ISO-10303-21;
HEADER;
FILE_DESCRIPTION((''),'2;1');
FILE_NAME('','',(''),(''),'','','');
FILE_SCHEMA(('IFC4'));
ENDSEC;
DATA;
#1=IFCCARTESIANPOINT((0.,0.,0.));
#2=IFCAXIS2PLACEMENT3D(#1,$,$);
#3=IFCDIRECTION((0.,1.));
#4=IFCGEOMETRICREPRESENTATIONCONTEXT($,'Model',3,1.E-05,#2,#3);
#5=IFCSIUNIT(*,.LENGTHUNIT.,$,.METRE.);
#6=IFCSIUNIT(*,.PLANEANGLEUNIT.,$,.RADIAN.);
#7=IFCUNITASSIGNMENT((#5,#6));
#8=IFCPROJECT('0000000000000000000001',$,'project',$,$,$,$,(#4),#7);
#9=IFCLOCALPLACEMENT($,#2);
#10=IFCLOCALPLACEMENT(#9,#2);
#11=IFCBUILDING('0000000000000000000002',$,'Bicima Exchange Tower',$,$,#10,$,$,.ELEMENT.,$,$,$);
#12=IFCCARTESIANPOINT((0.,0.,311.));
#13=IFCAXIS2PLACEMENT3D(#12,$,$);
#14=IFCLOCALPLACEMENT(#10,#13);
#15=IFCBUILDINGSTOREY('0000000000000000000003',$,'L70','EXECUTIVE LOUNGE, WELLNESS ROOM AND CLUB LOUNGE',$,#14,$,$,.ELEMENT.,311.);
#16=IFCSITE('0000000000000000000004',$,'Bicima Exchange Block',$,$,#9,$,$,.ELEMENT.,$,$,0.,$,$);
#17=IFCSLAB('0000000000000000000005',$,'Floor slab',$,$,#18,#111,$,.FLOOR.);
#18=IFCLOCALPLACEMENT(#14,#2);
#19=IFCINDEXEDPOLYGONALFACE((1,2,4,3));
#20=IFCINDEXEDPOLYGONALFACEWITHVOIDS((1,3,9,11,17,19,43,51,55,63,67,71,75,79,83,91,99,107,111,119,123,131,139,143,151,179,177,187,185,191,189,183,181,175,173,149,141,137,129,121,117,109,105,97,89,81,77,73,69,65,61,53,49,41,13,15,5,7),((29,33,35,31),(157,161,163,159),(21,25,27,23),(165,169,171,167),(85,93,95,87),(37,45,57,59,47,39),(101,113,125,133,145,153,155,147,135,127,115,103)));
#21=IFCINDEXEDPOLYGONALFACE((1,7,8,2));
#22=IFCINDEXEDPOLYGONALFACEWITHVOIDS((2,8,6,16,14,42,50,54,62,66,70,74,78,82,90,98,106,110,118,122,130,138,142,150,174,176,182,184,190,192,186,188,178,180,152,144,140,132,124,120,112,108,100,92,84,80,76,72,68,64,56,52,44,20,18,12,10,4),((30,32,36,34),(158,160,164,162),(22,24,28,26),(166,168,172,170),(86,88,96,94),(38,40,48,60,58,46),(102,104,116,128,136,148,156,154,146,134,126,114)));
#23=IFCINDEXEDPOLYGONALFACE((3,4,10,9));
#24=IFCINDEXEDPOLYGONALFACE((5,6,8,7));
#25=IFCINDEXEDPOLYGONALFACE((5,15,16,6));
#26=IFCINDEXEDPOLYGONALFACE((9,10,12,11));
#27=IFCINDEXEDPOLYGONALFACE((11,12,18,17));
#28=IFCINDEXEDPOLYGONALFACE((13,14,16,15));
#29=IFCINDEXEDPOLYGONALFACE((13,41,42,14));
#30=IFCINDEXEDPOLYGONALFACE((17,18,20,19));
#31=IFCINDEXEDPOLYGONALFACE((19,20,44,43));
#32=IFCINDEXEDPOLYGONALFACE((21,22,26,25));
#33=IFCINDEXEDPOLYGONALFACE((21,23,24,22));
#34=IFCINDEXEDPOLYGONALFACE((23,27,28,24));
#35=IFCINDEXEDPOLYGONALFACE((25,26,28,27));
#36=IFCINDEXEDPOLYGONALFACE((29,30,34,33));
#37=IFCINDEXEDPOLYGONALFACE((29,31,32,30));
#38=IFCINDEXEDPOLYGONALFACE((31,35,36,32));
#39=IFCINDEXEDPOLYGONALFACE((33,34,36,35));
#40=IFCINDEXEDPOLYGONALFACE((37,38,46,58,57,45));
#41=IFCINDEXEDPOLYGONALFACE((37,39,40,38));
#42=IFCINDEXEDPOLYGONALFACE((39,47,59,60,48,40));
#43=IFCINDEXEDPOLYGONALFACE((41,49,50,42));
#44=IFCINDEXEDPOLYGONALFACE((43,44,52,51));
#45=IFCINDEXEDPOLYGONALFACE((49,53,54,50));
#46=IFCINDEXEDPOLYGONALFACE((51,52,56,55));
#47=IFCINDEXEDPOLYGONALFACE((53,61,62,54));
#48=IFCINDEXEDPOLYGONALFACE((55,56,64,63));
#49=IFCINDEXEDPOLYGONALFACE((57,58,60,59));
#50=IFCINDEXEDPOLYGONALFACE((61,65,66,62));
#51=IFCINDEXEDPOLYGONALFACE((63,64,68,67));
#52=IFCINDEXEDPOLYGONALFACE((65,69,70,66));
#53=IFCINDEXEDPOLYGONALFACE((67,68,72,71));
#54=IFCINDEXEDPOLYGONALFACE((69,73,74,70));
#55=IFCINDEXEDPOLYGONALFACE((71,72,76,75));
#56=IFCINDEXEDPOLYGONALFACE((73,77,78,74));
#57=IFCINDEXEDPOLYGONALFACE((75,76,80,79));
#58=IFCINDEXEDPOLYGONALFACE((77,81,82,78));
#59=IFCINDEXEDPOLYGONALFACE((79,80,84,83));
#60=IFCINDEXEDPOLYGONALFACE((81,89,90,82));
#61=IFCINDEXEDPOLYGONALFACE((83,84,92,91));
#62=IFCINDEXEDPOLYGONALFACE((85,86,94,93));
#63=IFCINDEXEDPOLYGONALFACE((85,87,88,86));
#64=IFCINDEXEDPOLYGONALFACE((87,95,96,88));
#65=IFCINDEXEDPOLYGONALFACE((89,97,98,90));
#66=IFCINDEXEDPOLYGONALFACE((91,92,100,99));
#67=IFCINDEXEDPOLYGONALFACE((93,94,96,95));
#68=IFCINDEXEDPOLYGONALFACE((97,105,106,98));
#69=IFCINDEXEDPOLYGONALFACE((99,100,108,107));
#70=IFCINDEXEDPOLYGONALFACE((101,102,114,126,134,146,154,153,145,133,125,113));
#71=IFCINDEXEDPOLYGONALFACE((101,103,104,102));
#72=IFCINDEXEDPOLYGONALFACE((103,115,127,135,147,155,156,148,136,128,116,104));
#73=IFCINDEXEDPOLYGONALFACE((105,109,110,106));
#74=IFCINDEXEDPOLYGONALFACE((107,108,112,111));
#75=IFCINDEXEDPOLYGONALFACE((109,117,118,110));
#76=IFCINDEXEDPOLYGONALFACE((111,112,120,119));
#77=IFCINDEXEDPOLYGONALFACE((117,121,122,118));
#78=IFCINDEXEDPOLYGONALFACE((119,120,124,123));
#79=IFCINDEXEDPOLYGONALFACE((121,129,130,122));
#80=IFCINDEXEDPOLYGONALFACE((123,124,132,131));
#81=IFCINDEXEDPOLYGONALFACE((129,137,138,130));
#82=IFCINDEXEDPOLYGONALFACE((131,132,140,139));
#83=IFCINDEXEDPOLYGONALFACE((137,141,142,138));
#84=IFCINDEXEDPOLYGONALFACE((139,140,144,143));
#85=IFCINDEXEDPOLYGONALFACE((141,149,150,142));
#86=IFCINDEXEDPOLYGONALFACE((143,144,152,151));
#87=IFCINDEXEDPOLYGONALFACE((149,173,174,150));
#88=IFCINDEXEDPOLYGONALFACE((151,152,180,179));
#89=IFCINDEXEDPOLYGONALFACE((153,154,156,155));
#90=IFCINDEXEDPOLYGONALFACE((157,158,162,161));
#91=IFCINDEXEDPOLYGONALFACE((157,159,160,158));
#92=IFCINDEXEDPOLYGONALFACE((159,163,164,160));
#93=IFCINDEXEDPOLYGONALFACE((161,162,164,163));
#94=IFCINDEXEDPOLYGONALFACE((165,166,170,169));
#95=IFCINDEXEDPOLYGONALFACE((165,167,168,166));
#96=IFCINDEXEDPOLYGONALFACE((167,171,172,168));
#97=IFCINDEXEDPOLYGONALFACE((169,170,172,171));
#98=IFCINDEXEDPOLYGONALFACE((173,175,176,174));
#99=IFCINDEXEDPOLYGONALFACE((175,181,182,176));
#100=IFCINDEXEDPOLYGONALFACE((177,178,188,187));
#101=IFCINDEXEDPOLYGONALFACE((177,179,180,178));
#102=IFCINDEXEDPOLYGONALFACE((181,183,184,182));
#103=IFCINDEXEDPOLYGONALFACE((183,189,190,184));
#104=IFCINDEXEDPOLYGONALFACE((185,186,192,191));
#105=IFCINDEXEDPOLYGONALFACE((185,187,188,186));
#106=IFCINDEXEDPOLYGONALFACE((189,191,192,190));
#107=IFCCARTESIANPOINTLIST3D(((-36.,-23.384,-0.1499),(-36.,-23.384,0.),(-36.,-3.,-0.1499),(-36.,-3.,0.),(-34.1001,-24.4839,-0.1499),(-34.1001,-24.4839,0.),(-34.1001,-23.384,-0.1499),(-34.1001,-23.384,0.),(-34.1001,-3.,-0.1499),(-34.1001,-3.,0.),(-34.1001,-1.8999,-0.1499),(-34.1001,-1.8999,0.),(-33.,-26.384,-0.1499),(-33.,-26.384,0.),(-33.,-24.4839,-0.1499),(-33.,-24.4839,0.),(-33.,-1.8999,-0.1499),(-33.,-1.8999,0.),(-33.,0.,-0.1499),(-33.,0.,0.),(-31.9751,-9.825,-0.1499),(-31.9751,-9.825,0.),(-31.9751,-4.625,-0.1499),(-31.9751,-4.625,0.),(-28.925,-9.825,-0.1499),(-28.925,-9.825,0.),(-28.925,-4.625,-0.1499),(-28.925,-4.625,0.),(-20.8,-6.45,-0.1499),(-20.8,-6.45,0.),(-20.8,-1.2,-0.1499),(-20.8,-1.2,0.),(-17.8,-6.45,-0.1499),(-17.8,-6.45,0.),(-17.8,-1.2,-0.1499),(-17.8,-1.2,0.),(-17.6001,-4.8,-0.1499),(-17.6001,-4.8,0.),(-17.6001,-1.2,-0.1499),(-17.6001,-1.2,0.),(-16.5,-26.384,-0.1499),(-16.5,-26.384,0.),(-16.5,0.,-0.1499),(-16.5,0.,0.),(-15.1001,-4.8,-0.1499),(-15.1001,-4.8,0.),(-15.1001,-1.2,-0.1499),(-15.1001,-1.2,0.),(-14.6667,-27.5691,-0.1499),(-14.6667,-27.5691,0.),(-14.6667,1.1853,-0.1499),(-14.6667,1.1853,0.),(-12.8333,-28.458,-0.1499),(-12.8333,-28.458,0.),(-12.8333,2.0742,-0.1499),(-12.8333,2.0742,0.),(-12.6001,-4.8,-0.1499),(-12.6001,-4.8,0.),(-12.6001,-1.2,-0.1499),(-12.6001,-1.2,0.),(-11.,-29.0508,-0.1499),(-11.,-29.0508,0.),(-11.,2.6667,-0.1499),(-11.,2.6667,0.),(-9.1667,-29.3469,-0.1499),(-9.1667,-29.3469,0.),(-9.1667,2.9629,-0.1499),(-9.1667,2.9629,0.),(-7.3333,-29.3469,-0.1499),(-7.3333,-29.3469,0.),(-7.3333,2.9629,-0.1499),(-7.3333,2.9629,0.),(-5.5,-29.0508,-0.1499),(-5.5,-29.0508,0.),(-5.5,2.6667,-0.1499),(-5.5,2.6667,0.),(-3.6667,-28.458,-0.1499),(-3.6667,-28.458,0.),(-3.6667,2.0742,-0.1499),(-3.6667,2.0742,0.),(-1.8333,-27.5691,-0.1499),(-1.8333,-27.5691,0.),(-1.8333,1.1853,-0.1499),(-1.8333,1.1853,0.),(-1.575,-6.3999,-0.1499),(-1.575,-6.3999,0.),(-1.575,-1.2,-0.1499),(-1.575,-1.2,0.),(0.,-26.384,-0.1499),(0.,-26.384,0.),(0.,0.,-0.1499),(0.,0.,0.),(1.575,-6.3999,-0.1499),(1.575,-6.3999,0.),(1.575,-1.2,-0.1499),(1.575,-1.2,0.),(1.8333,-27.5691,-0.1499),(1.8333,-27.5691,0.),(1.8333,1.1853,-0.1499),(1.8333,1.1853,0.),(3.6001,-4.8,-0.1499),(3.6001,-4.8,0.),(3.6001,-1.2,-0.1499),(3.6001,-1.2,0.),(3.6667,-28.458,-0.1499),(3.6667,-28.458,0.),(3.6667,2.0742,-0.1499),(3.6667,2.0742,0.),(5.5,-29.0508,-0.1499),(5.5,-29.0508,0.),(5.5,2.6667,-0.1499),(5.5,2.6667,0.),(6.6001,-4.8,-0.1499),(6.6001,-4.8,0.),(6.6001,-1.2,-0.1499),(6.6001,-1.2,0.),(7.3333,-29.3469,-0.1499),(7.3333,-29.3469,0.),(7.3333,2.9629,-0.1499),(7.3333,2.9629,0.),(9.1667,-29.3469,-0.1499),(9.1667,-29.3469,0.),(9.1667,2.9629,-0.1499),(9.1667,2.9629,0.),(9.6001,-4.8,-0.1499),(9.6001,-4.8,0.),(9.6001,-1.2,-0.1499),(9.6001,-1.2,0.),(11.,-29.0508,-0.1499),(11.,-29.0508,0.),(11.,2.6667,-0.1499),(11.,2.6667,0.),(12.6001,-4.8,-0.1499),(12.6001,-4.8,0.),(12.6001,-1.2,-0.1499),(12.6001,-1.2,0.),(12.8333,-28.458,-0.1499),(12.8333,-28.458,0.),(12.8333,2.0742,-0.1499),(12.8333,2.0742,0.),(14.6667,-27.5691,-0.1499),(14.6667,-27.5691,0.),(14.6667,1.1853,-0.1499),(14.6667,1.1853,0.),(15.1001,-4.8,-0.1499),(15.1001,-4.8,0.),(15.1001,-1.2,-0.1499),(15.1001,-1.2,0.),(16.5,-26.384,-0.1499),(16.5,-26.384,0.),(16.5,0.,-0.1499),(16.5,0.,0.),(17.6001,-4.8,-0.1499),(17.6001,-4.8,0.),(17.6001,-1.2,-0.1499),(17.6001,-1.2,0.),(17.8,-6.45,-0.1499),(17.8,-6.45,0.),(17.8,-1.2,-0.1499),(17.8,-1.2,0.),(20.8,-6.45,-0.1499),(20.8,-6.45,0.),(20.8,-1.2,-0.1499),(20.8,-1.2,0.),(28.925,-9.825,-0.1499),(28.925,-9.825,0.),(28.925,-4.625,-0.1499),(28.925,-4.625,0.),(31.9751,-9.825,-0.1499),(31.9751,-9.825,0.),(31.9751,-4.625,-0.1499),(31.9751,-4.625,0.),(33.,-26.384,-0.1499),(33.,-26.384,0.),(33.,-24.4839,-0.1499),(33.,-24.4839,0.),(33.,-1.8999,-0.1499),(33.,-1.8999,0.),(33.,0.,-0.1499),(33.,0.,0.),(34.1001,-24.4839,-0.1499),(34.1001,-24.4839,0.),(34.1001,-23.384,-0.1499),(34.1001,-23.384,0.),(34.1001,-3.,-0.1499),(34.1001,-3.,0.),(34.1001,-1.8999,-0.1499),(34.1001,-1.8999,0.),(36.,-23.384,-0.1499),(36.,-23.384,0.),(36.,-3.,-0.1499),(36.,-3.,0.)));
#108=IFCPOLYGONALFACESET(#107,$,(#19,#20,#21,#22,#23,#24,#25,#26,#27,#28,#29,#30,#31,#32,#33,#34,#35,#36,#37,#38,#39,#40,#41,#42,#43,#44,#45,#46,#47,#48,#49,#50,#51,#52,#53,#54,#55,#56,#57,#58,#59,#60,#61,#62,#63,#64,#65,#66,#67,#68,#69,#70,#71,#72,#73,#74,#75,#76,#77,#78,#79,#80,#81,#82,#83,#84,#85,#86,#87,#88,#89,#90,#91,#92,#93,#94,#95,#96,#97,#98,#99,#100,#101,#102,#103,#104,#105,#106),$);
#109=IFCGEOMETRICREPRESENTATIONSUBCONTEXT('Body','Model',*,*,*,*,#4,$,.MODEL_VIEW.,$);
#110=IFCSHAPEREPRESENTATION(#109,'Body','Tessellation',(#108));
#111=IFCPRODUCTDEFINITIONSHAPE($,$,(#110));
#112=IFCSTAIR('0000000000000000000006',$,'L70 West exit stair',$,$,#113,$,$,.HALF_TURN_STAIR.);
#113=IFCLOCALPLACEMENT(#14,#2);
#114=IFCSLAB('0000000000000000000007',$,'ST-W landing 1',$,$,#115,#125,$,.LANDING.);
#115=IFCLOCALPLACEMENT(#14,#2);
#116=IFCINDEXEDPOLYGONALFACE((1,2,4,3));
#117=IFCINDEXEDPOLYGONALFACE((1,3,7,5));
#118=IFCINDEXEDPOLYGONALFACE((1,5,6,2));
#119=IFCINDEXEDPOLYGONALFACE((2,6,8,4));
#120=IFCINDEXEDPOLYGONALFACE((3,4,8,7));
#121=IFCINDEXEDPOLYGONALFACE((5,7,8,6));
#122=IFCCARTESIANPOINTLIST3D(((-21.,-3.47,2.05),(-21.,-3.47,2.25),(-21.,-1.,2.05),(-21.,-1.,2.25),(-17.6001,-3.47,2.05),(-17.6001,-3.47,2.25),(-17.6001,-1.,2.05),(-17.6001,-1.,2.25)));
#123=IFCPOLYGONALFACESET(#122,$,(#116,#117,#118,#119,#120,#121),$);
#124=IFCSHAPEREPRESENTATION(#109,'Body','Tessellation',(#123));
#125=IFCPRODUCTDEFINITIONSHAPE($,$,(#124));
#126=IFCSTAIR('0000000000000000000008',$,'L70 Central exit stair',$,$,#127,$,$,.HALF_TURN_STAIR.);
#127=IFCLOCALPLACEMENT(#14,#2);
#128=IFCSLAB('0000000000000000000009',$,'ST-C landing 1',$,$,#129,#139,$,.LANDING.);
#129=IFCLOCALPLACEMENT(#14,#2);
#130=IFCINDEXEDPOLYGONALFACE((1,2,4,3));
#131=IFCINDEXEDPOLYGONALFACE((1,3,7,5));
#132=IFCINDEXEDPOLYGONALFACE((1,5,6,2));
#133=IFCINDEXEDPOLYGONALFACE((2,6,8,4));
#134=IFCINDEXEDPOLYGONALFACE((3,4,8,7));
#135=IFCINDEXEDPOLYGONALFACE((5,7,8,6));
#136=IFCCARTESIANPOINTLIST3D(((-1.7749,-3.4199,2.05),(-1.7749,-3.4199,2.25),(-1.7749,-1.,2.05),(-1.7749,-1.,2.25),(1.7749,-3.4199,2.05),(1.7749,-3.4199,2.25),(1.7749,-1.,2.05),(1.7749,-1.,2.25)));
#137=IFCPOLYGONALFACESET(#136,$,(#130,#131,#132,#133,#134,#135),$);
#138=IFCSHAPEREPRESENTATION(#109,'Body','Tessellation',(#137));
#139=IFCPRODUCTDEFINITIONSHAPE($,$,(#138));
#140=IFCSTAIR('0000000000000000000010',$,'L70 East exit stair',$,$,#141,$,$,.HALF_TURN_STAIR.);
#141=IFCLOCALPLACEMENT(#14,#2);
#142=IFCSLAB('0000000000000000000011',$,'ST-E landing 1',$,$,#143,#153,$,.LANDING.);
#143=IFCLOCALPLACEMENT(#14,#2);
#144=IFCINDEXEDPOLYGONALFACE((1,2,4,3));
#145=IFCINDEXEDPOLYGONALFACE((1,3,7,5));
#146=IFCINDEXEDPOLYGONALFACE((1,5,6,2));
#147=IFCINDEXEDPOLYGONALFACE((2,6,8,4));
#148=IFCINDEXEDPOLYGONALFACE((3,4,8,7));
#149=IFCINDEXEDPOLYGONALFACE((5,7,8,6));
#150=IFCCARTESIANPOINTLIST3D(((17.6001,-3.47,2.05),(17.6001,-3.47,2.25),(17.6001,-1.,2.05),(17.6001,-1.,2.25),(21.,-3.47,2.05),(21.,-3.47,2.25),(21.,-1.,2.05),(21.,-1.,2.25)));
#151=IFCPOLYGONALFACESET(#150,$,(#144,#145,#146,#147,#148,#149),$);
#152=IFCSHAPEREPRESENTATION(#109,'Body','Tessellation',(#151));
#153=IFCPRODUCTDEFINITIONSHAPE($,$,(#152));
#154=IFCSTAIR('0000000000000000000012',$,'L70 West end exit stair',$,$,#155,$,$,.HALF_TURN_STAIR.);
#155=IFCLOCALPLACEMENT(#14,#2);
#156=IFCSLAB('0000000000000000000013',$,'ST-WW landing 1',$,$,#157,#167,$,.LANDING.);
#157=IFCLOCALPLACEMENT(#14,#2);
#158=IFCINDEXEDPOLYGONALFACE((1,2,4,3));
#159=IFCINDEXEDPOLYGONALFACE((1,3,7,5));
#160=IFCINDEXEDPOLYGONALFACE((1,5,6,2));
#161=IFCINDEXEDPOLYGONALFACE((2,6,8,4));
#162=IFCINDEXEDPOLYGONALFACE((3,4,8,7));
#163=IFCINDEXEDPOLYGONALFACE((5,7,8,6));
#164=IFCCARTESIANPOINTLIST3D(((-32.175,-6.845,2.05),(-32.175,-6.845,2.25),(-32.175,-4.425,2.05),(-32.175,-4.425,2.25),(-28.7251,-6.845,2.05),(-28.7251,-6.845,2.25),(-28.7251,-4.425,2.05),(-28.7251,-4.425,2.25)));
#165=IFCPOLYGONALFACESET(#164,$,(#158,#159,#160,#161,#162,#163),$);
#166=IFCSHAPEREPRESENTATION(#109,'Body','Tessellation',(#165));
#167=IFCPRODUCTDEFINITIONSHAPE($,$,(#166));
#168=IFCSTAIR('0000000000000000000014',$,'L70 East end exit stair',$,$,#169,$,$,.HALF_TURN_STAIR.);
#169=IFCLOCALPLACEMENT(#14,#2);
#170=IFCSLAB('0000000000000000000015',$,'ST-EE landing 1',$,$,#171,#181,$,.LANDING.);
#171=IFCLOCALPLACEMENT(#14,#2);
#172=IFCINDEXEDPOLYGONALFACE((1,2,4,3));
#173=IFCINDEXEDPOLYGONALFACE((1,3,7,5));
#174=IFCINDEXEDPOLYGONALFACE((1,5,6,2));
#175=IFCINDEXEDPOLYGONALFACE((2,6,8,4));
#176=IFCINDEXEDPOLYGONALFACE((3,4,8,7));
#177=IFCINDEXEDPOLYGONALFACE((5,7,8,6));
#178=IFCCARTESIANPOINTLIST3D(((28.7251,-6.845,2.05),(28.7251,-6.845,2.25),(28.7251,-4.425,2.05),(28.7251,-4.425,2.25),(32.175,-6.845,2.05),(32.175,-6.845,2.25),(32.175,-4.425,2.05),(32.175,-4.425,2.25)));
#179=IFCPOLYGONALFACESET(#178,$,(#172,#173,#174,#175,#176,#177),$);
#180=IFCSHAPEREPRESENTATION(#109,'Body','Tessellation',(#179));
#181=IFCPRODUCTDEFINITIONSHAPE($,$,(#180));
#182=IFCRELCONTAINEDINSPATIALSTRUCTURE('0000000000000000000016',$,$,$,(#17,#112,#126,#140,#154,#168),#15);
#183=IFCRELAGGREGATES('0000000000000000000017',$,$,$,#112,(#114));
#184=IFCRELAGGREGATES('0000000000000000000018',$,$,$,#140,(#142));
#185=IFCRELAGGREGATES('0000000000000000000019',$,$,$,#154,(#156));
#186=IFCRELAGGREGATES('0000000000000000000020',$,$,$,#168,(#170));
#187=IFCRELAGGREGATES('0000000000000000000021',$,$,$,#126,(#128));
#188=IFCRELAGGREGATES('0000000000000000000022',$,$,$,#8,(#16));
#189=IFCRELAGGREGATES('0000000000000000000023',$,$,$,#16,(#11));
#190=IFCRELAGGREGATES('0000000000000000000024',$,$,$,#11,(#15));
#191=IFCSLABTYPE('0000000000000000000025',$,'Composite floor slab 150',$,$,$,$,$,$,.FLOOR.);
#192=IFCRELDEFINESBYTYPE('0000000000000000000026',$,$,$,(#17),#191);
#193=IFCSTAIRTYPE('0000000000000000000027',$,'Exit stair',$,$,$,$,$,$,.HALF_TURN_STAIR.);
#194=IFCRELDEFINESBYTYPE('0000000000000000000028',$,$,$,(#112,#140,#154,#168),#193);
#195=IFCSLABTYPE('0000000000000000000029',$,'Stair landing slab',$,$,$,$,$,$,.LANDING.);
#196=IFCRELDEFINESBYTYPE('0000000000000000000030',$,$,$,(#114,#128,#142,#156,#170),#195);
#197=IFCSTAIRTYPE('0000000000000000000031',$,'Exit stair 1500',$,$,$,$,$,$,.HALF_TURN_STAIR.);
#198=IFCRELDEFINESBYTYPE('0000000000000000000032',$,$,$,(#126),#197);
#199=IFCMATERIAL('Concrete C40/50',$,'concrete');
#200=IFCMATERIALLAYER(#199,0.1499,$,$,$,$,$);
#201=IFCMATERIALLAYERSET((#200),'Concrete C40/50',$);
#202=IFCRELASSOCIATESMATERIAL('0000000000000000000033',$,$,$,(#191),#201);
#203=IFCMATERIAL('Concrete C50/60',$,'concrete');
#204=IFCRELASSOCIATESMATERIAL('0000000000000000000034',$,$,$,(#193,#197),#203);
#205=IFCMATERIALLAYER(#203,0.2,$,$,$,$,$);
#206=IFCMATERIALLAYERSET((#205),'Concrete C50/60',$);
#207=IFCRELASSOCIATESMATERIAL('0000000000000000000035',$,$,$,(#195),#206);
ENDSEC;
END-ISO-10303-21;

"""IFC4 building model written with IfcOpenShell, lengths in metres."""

from ifc_helpers import new_model, si_unit, direction, frame, origin, place, context, subcontext, project, spatial, polyline, outline, extrude, material, layer, layer_set, type_object, element, aggregate, save


model = new_model("IFC4")

# Units and contexts
model_context = context("Model", 3, precision=1e-05, world=origin(), true_north=direction((0.0, 1.0)))
body_context = subcontext(model_context, "Body", "Model", "MODEL_VIEW")
ifc_project = project(units=[si_unit("LENGTHUNIT", "METRE"), si_unit("PLANEANGLEUNIT", "RADIAN")], contexts=[model_context])

# Site, building, storey
site_placement = place(None, origin())
site = spatial("IfcSite", under=ifc_project, at=site_placement, Name="Bicima Exchange Block", CompositionType="ELEMENT", RefElevation=0.0)
building_placement = place(site_placement, origin())
building = spatial("IfcBuilding", under=site, at=building_placement, Name="Bicima Exchange Tower", CompositionType="ELEMENT")
storey_placement = place(building_placement, frame((0.0, 0.0, 311.0)))
storey = spatial("IfcBuildingStorey", under=building, at=storey_placement, Name="L70", Description="EXECUTIVE LOUNGE, WELLNESS ROOM AND CLUB LOUNGE", CompositionType="ELEMENT", Elevation=311.0)

# Slab
ifc_material_1 = material(Name="Concrete C40/50", Category="concrete")
ifc_layer_1 = layer(ifc_material_1, 0.1499)
ifc_layer_set_1 = layer_set([ifc_layer_1], Name="Concrete C40/50")
slab_type_1 = type_object("IfcSlabType", Name="Composite floor slab 150", PredefinedType="FLOOR", material=ifc_layer_set_1)
slab_1_placement = place(storey_placement, frame((0.0, 0.0, -0.1499)))
element("IfcSlab", 1, at=slab_1_placement, inside=storey, type_object=slab_type_1, Name="Floor slab", PredefinedType="FLOOR", context=body_context, shape_type="SweptSolid", body=[
    extrude(outline(polyline([(-36.0, -23.384), (-36.0, -3.0), (-34.1001, -3.0), (-34.1001, -1.8999), (-33.0, -1.8999), (-33.0, 0.0), (-16.5, 0.0), (-14.6667, 1.1853), (-12.8333, 2.0742), (-11.0, 2.6667), (-9.1667, 2.9629), (-7.3333, 2.9629), (-5.5, 2.6667), (-3.6667, 2.0742), (-1.8333, 1.1853), (0.0, 0.0), (1.8333, 1.1853), (3.6667, 2.0742), (5.5, 2.6667), (7.3333, 2.9629), (9.1667, 2.9629), (11.0, 2.6667), (12.8333, 2.0742), (14.6667, 1.1853), (16.5, 0.0), (33.0, 0.0), (33.0, -1.8999), (34.1001, -1.8999), (34.1001, -3.0), (36.0, -3.0), (36.0, -23.384), (34.1001, -23.384), (34.1001, -24.4839), (33.0, -24.4839), (33.0, -26.384), (16.5, -26.384), (14.6667, -27.5691), (12.8333, -28.458), (11.0, -29.0508), (9.1667, -29.3469), (7.3333, -29.3469), (5.5, -29.0508), (3.6667, -28.458), (1.8333, -27.5691), (0.0, -26.384), (-1.8333, -27.5691), (-3.6667, -28.458), (-5.5, -29.0508), (-7.3333, -29.3469), (-9.1667, -29.3469), (-11.0, -29.0508), (-12.8333, -28.458), (-14.6667, -27.5691), (-16.5, -26.384), (-33.0, -26.384), (-33.0, -24.4839), (-34.1001, -24.4839), (-34.1001, -23.384), (-36.0, -23.384)]), holes=[polyline([(-28.925, -9.825), (-28.925, -4.625), (-31.9751, -4.625), (-31.9751, -9.825), (-28.925, -9.825)]), polyline([(-20.8, -6.45), (-17.8, -6.45), (-17.8, -1.2), (-20.8, -1.2), (-20.8, -6.45)]), polyline([(-1.575, -6.3999), (1.575, -6.3999), (1.575, -1.2), (-1.575, -1.2), (-1.575, -6.3999)]), polyline([(-12.6001, -1.2), (-15.1001, -1.2), (-17.6001, -1.2), (-17.6001, -4.8), (-15.1001, -4.8), (-12.6001, -4.8), (-12.6001, -1.2)]), polyline([(3.6001, -4.8), (6.6001, -4.8), (9.6001, -4.8), (12.6001, -4.8), (15.1001, -4.8), (17.6001, -4.8), (17.6001, -1.2), (15.1001, -1.2), (12.6001, -1.2), (9.6001, -1.2), (6.6001, -1.2), (3.6001, -1.2), (3.6001, -4.8)]), polyline([(31.9751, -9.825), (31.9751, -4.625), (28.925, -4.625), (28.925, -9.825), (31.9751, -9.825)]), polyline([(17.8, -6.45), (20.8, -6.45), (20.8, -1.2), (17.8, -1.2), (17.8, -6.45)])]), origin(), (0.0, 0.0, 1.0), 0.1499),
])

# Stairs, slabs
ifc_material_2 = material(Name="Concrete C50/60", Category="concrete")
stair_type_1 = type_object("IfcStairType", Name="Exit stair", PredefinedType="HALF_TURN_STAIR", material=ifc_material_2)
stair_1_placement = place(storey_placement, origin())
stair_1 = element("IfcStair", 2, at=stair_1_placement, inside=storey, type_object=stair_type_1, Name="L70 West exit stair", PredefinedType="HALF_TURN_STAIR")
ifc_layer_2 = layer(ifc_material_2, 0.2)
ifc_layer_set_2 = layer_set([ifc_layer_2], Name="Concrete C50/60")
slab_type_2 = type_object("IfcSlabType", Name="Stair landing slab", PredefinedType="LANDING", material=ifc_layer_set_2)
slab_2_placement = place(storey_placement, frame((0.0, 0.0, 2.05)))
slab_2 = element("IfcSlab", 3, at=slab_2_placement, type_object=slab_type_2, Name="ST-W landing 1", PredefinedType="LANDING", context=body_context, shape_type="SweptSolid", body=[
    extrude(outline(polyline([(-17.6001, -3.47), (-17.6001, -1.0), (-21.0, -1.0), (-21.0, -3.47), (-17.6001, -3.47)])), origin(), (0.0, 0.0, 1.0), 0.2),
])
aggregate(stair_1, [slab_2])
stair_type_2 = type_object("IfcStairType", Name="Exit stair 1500", PredefinedType="HALF_TURN_STAIR", material=ifc_material_2)
stair_2_placement = place(storey_placement, origin())
stair_2 = element("IfcStair", 4, at=stair_2_placement, inside=storey, type_object=stair_type_2, Name="L70 Central exit stair", PredefinedType="HALF_TURN_STAIR")
slab_3_placement = place(storey_placement, frame((0.0, 0.0, 2.05)))
slab_3 = element("IfcSlab", 5, at=slab_3_placement, type_object=slab_type_2, Name="ST-C landing 1", PredefinedType="LANDING", context=body_context, shape_type="SweptSolid", body=[
    extrude(outline(polyline([(1.7749, -3.4199), (1.7749, -1.0), (-1.7749, -1.0), (-1.7749, -3.4199), (1.7749, -3.4199)])), origin(), (0.0, 0.0, 1.0), 0.2),
])
stair_3_placement = place(storey_placement, origin())
stair_3 = element("IfcStair", 6, at=stair_3_placement, inside=storey, type_object=stair_type_1, Name="L70 East exit stair", PredefinedType="HALF_TURN_STAIR")
slab_4_placement = place(storey_placement, frame((0.0, 0.0, 2.05)))
slab_4 = element("IfcSlab", 7, at=slab_4_placement, type_object=slab_type_2, Name="ST-E landing 1", PredefinedType="LANDING", context=body_context, shape_type="SweptSolid", body=[
    extrude(outline(polyline([(21.0, -3.47), (21.0, -1.0), (17.6001, -1.0), (17.6001, -3.47), (21.0, -3.47)])), origin(), (0.0, 0.0, 1.0), 0.2),
])
aggregate(stair_3, [slab_4])
stair_4_placement = place(storey_placement, origin())
stair_4 = element("IfcStair", 8, at=stair_4_placement, inside=storey, type_object=stair_type_1, Name="L70 West end exit stair", PredefinedType="HALF_TURN_STAIR")
slab_5_placement = place(storey_placement, frame((0.0, 0.0, 2.05)))
slab_5 = element("IfcSlab", 9, at=slab_5_placement, type_object=slab_type_2, Name="ST-WW landing 1", PredefinedType="LANDING", context=body_context, shape_type="SweptSolid", body=[
    extrude(outline(polyline([(-28.7251, -6.845), (-28.7251, -4.425), (-32.175, -4.425), (-32.175, -6.845), (-28.7251, -6.845)])), origin(), (0.0, 0.0, 1.0), 0.2),
])
aggregate(stair_4, [slab_5])
stair_5_placement = place(storey_placement, origin())
stair_5 = element("IfcStair", 10, at=stair_5_placement, inside=storey, type_object=stair_type_1, Name="L70 East end exit stair", PredefinedType="HALF_TURN_STAIR")
slab_6_placement = place(storey_placement, frame((0.0, 0.0, 2.05)))
slab_6 = element("IfcSlab", 11, at=slab_6_placement, type_object=slab_type_2, Name="ST-EE landing 1", PredefinedType="LANDING", context=body_context, shape_type="SweptSolid", body=[
    extrude(outline(polyline([(32.175, -6.845), (32.175, -4.425), (28.7251, -4.425), (28.7251, -6.845), (32.175, -6.845)])), origin(), (0.0, 0.0, 1.0), 0.2),
])
aggregate(stair_5, [slab_6])

aggregate(stair_2, [slab_3])

save(model, "model.ifc")
